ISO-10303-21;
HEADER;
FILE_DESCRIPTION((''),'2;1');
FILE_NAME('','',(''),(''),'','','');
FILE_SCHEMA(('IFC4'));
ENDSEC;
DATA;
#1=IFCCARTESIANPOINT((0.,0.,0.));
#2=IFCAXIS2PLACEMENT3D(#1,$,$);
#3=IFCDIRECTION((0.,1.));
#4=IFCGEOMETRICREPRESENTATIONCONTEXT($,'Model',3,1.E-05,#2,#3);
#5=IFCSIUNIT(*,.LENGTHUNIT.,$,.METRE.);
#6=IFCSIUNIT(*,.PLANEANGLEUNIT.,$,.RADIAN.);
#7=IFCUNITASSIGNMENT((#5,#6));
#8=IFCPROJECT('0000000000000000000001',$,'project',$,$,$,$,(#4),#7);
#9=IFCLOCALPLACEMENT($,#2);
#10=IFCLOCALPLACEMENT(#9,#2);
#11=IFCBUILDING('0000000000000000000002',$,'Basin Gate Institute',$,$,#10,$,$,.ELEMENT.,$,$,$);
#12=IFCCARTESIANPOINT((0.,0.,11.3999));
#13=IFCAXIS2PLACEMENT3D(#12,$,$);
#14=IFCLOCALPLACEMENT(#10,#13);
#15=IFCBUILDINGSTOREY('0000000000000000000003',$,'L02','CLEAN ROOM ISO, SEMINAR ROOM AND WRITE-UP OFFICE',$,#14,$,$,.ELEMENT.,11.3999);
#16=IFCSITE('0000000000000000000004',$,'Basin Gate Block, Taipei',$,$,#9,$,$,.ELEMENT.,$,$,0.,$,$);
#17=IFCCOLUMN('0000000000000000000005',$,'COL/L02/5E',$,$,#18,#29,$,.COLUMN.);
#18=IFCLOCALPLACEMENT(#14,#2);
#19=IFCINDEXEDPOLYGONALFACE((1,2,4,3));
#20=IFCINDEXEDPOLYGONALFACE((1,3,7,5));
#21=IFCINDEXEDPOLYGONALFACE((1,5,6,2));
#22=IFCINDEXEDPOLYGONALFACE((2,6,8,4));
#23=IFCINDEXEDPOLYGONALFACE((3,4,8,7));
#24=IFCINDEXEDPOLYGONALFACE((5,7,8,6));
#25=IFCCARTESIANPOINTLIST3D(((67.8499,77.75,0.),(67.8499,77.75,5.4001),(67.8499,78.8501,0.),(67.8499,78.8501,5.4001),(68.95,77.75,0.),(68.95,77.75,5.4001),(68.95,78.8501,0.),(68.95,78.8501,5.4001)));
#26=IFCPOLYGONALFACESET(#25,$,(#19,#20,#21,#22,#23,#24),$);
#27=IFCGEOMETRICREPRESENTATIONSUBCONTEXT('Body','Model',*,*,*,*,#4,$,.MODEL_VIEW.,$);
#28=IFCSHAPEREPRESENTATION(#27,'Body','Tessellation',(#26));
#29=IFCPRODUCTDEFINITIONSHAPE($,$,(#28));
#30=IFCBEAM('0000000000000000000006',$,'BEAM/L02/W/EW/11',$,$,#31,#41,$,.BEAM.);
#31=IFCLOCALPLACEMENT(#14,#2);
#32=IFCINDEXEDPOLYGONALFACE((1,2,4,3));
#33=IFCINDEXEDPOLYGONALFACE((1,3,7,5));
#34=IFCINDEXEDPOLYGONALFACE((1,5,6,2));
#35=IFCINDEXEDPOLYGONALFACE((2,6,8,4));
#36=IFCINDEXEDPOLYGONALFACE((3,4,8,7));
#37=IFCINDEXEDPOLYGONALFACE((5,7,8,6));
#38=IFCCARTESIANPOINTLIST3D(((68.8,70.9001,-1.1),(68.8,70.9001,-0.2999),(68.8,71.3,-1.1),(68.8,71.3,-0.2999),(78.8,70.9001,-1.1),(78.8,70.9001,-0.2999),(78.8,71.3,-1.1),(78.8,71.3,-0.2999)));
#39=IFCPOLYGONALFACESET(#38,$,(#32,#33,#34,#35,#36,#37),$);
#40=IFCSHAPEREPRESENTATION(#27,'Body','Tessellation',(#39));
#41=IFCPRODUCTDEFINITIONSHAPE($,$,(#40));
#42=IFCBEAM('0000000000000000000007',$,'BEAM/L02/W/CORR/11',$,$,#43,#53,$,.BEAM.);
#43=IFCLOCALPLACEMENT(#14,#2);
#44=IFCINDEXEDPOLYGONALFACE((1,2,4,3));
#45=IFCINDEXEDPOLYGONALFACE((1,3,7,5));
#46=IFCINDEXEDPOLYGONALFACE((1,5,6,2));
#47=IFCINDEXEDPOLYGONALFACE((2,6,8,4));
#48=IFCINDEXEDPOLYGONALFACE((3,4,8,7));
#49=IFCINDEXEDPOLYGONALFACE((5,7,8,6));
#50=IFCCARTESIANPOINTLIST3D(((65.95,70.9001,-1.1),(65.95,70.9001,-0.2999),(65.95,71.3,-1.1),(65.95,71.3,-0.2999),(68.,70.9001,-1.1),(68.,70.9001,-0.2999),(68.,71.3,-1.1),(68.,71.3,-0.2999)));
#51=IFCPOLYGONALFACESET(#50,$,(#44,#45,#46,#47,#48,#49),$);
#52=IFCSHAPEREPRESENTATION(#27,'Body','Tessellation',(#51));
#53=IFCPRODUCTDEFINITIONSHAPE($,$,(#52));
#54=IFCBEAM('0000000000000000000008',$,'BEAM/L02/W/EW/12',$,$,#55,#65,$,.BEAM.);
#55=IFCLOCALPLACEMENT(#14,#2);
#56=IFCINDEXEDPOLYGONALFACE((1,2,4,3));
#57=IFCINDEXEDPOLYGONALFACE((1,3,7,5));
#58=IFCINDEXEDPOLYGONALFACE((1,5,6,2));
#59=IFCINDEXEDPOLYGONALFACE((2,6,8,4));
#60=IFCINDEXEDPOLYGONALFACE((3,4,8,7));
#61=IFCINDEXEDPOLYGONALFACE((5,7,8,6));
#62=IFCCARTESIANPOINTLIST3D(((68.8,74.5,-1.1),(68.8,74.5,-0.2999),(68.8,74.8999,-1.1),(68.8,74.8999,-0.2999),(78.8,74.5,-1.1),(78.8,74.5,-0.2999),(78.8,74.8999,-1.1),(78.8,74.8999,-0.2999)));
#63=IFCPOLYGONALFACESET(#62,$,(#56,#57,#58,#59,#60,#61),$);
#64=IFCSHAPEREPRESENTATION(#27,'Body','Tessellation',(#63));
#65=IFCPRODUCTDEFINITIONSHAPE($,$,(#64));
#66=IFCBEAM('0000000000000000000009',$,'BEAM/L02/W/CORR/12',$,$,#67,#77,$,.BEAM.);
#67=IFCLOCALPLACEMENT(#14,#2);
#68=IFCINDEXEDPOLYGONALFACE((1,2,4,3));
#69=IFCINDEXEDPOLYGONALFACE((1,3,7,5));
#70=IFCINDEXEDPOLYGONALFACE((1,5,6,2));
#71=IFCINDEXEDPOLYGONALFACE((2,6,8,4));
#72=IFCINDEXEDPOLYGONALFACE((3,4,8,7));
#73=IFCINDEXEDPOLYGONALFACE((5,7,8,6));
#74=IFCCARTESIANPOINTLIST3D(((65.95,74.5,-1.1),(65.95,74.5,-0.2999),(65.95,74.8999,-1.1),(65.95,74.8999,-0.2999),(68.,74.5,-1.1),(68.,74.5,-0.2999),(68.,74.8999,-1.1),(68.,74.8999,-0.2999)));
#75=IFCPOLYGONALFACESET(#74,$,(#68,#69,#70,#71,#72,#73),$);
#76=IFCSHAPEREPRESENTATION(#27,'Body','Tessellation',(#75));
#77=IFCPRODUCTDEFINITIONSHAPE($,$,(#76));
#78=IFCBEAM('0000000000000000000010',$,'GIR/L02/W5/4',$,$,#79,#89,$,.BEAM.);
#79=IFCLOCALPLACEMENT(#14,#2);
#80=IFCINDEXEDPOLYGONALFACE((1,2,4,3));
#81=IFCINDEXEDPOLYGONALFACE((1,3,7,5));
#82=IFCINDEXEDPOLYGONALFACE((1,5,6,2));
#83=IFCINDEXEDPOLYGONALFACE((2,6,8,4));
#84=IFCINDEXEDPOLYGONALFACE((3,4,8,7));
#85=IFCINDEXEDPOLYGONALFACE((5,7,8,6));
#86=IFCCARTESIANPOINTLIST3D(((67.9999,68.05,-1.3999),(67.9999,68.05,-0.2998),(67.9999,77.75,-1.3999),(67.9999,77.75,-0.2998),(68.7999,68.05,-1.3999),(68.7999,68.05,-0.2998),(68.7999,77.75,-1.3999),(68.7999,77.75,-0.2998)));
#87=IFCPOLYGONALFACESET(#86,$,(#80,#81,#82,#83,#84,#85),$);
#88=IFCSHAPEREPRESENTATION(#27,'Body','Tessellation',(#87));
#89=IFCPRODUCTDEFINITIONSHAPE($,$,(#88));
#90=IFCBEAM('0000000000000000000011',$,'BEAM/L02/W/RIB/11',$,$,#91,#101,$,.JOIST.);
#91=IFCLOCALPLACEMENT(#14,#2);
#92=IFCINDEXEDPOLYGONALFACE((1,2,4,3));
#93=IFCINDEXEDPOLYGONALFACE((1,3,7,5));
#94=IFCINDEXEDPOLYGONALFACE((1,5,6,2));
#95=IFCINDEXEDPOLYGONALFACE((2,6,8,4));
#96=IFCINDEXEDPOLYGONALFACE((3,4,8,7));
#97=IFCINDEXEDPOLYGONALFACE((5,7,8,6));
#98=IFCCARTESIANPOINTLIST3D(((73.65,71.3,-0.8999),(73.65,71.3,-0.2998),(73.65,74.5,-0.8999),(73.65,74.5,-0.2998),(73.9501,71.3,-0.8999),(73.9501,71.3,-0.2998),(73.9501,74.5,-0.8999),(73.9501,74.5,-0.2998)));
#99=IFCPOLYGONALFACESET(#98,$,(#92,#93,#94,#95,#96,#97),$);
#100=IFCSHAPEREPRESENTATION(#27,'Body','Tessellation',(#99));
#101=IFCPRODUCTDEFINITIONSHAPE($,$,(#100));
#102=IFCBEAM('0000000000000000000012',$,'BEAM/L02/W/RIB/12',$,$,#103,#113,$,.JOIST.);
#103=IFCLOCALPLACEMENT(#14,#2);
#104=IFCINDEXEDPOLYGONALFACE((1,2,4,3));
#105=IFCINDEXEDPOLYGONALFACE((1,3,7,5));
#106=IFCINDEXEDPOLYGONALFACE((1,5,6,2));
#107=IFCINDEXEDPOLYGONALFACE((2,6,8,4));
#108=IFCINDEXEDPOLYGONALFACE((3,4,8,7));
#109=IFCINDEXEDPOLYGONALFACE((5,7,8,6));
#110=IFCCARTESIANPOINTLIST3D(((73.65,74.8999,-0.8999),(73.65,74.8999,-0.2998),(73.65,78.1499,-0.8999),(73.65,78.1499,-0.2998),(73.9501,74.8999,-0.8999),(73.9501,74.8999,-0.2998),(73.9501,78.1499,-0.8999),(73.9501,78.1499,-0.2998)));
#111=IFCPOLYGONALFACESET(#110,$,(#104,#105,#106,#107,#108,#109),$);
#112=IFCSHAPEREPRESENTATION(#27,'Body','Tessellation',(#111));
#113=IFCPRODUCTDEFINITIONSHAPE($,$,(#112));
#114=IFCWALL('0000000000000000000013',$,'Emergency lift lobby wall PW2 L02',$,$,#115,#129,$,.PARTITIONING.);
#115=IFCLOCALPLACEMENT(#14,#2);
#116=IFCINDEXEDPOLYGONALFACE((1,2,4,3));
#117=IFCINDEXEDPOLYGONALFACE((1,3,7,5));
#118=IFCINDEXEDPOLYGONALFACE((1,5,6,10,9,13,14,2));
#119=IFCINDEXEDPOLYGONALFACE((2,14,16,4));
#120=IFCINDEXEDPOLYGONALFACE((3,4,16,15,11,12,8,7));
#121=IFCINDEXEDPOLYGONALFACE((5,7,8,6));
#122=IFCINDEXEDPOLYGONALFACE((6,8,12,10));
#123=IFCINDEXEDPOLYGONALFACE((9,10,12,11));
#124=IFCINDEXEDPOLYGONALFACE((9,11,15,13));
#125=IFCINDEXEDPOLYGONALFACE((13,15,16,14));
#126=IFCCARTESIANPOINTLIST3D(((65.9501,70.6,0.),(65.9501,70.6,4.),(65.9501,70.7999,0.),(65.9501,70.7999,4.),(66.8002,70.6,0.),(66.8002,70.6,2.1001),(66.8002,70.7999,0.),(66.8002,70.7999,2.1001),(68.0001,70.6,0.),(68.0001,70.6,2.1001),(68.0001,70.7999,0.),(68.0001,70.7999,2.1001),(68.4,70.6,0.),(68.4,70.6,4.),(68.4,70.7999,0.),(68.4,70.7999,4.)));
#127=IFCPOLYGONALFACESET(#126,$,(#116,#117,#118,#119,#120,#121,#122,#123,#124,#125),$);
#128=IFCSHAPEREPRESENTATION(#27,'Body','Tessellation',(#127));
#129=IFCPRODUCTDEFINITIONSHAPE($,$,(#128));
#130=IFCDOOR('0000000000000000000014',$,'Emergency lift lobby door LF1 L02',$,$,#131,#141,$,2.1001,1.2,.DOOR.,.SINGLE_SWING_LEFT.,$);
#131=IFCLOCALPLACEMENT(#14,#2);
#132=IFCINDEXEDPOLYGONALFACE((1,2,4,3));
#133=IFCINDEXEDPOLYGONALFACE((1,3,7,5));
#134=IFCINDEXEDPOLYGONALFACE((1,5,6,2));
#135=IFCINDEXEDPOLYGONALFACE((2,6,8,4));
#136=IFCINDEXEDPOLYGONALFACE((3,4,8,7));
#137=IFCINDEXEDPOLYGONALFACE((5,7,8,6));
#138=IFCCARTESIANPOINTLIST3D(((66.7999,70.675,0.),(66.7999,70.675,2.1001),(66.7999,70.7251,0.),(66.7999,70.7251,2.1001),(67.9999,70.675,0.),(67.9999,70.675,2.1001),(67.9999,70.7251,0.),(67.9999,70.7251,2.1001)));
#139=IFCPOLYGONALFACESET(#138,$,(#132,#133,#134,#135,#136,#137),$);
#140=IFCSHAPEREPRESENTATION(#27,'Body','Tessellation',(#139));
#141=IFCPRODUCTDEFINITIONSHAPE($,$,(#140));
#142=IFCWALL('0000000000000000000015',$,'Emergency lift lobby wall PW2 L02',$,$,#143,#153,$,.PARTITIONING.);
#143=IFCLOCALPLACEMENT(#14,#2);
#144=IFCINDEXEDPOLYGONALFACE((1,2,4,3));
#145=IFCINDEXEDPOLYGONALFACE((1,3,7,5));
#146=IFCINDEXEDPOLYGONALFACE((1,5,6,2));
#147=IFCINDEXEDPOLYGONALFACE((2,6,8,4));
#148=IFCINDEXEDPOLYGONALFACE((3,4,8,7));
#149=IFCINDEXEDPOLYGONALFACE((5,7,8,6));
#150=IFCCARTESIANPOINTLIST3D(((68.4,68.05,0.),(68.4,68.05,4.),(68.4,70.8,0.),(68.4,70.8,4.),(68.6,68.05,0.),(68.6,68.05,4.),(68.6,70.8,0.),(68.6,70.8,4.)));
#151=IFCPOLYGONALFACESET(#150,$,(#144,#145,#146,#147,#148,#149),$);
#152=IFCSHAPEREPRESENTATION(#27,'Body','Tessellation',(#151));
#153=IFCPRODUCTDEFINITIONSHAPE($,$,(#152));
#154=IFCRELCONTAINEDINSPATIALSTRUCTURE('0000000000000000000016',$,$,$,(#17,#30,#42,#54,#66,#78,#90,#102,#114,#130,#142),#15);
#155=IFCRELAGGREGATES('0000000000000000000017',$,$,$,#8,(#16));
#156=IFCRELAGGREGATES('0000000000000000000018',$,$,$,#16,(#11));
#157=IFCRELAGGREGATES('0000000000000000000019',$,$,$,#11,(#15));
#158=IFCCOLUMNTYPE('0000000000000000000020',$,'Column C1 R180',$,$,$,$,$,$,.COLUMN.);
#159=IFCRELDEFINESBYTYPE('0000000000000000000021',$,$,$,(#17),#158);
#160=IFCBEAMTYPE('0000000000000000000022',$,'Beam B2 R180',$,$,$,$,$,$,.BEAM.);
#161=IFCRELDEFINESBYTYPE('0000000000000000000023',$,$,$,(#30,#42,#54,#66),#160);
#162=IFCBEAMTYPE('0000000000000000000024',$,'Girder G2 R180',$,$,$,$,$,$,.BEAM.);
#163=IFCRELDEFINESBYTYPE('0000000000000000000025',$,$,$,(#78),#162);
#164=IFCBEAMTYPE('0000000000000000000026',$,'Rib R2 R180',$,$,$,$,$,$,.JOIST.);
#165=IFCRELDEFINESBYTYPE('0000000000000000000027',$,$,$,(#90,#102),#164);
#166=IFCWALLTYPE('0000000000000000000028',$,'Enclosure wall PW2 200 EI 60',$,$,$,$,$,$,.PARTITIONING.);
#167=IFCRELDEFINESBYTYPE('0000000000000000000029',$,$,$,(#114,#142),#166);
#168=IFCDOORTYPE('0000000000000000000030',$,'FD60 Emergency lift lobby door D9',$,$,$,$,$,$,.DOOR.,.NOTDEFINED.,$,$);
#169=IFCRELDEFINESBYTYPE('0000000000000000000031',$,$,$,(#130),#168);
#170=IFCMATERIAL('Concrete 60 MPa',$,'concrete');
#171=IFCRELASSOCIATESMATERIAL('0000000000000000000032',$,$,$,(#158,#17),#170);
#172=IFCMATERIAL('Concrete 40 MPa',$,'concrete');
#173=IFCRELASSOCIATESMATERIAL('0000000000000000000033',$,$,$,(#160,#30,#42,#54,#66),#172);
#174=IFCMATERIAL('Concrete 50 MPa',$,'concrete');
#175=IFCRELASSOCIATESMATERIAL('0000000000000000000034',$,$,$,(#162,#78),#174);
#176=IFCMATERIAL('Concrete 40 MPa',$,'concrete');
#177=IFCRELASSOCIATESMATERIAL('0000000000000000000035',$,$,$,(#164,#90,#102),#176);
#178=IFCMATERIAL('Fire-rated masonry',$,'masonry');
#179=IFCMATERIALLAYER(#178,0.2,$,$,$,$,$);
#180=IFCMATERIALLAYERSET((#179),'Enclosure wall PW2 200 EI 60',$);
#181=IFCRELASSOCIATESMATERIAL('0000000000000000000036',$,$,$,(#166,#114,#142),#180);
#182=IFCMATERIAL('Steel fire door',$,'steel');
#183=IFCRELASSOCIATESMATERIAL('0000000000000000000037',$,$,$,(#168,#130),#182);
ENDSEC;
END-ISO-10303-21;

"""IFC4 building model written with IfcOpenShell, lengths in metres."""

from ifc_helpers import new_model, si_unit, direction, frame, frame_2d, origin, origin_2d, place, context, subcontext, project, spatial, rectangle, extrude, material, layer, layer_set, material_profile, profile_set, type_object, element, fill, save


model = new_model("IFC4")

# Units and contexts
model_context = context("Model", 3, precision=1e-05, world=origin(), true_north=direction((0.0, 1.0)))
body_context = subcontext(model_context, "Body", "Model", "MODEL_VIEW")
ifc_project = project(units=[si_unit("LENGTHUNIT", "METRE"), si_unit("PLANEANGLEUNIT", "RADIAN")], contexts=[model_context])

# Site, building, storey
site_placement = place(None, origin())
site = spatial("IfcSite", under=ifc_project, at=site_placement, Name="Basin Gate Block, Taipei", CompositionType="ELEMENT", RefElevation=0.0)
building_placement = place(site_placement, origin())
building = spatial("IfcBuilding", under=site, at=building_placement, Name="Basin Gate Institute", CompositionType="ELEMENT")
storey_placement = place(building_placement, frame((0.0, 0.0, 11.3999)))
storey = spatial("IfcBuildingStorey", under=building, at=storey_placement, Name="L02", Description="CLEAN ROOM ISO, SEMINAR ROOM AND WRITE-UP OFFICE", CompositionType="ELEMENT", Elevation=11.3999)

# Column
ifc_material_1 = material(Name="Concrete 60 MPa", Category="concrete")
ifc_material_profile_1 = material_profile(ifc_material_1, rectangle(XDim=1.1001, YDim=1.1001, at=origin_2d()), Name="Column C1 1100 x 1100")
ifc_profile_set_1 = profile_set([ifc_material_profile_1], Name="Concrete 60 MPa")
column_type = type_object("IfcColumnType", Name="Column C1 R180", PredefinedType="COLUMN", material=ifc_profile_set_1)
column_placement = place(storey_placement, frame((68.3999, 78.3, 0.0), z_axis=(0.0, 0.0, 1.0), x_axis=(1.0, 0.0, 0.0)))
element("IfcColumn", 1, at=column_placement, inside=storey, type_object=column_type, material=ifc_profile_set_1, Name="COL/L02/5E", PredefinedType="COLUMN", context=body_context, shape_type="SweptSolid", body=[
    extrude(rectangle(XDim=1.1001, YDim=1.1001, at=origin_2d()), origin(), (0.0, 0.0, 1.0), 5.4001),
])

# Beams
ifc_material_2 = material(Name="Concrete 40 MPa", Category="concrete")
ifc_material_profile_2 = material_profile(ifc_material_2, rectangle(XDim=0.3999, YDim=0.8, at=origin_2d()), Name="Beam B2 400 x 800")
ifc_profile_set_2 = profile_set([ifc_material_profile_2], Name="Concrete 40 MPa")
beam_type_1 = type_object("IfcBeamType", Name="Beam B2 R180", PredefinedType="BEAM", material=ifc_profile_set_2)
beam_1_placement = place(storey_placement, frame((68.8, 71.1001, -0.7), z_axis=(1.0, 0.0, 0.0), x_axis=(0.0, 1.0, 0.0)))
element("IfcBeam", 2, at=beam_1_placement, inside=storey, type_object=beam_type_1, material=ifc_profile_set_2, Name="BEAM/L02/W/EW/11", PredefinedType="BEAM", context=body_context, shape_type="SweptSolid", body=[
    extrude(rectangle(XDim=0.3999, YDim=0.8, at=origin_2d()), origin(), (0.0, 0.0, 1.0), 10.0),
])
beam_2_placement = place(storey_placement, frame((65.95, 71.1001, -0.7), z_axis=(1.0, 0.0, 0.0), x_axis=(0.0, 1.0, 0.0)))
element("IfcBeam", 3, at=beam_2_placement, inside=storey, type_object=beam_type_1, material=ifc_profile_set_2, Name="BEAM/L02/W/CORR/11", PredefinedType="BEAM", context=body_context, shape_type="SweptSolid", body=[
    extrude(rectangle(XDim=0.3999, YDim=0.8, at=origin_2d()), origin(), (0.0, 0.0, 1.0), 2.05),
])
beam_3_placement = place(storey_placement, frame((68.8, 74.7, -0.7), z_axis=(1.0, 0.0, 0.0), x_axis=(0.0, 1.0, 0.0)))
element("IfcBeam", 4, at=beam_3_placement, inside=storey, type_object=beam_type_1, material=ifc_profile_set_2, Name="BEAM/L02/W/EW/12", PredefinedType="BEAM", context=body_context, shape_type="SweptSolid", body=[
    extrude(rectangle(XDim=0.3999, YDim=0.8, at=origin_2d()), origin(), (0.0, 0.0, 1.0), 10.0),
])
beam_4_placement = place(storey_placement, frame((65.95, 74.7, -0.7), z_axis=(1.0, 0.0, 0.0), x_axis=(0.0, 1.0, 0.0)))
element("IfcBeam", 5, at=beam_4_placement, inside=storey, type_object=beam_type_1, material=ifc_profile_set_2, Name="BEAM/L02/W/CORR/12", PredefinedType="BEAM", context=body_context, shape_type="SweptSolid", body=[
    extrude(rectangle(XDim=0.3999, YDim=0.8, at=origin_2d()), origin(), (0.0, 0.0, 1.0), 2.05),
])
ifc_material_3 = material(Name="Concrete 50 MPa", Category="concrete")
ifc_material_profile_3 = material_profile(ifc_material_3, rectangle(XDim=0.8, YDim=1.1001, at=origin_2d()), Name="Girder G2 800 x 1100")
ifc_profile_set_3 = profile_set([ifc_material_profile_3], Name="Concrete 50 MPa")
beam_type_2 = type_object("IfcBeamType", Name="Girder G2 R180", PredefinedType="BEAM", material=ifc_profile_set_3)
beam_5_placement = place(storey_placement, frame((68.3999, 68.05, -0.8499), z_axis=(0.0, 1.0, 0.0), x_axis=(-1.0, 0.0, 0.0)))
element("IfcBeam", 6, at=beam_5_placement, inside=storey, type_object=beam_type_2, material=ifc_profile_set_3, Name="GIR/L02/W5/4", PredefinedType="BEAM", context=body_context, shape_type="SweptSolid", body=[
    extrude(rectangle(XDim=0.8, YDim=1.1001, at=origin_2d()), origin(), (0.0, 0.0, 1.0), 9.7),
])
ifc_material_4 = material(Name="Concrete 40 MPa", Category="concrete")
ifc_material_profile_4 = material_profile(ifc_material_4, rectangle(XDim=0.3, YDim=0.6001, at=origin_2d()), Name="Rib R2 300 x 600")
ifc_profile_set_4 = profile_set([ifc_material_profile_4], Name="Concrete 40 MPa")
beam_type_3 = type_object("IfcBeamType", Name="Rib R2 R180", PredefinedType="JOIST", material=ifc_profile_set_4)
beam_6_placement = place(storey_placement, frame((73.8, 71.3, -0.5999), z_axis=(0.0, 1.0, 0.0), x_axis=(-1.0, 0.0, 0.0)))
element("IfcBeam", 7, at=beam_6_placement, inside=storey, type_object=beam_type_3, material=ifc_profile_set_4, Name="BEAM/L02/W/RIB/11", PredefinedType="JOIST", context=body_context, shape_type="SweptSolid", body=[
    extrude(rectangle(XDim=0.3, YDim=0.6001, at=origin_2d()), origin(), (0.0, 0.0, 1.0), 3.2),
])
beam_7_placement = place(storey_placement, frame((73.8, 74.8999, -0.5999), z_axis=(0.0, 1.0, 0.0), x_axis=(-1.0, 0.0, 0.0)))
element("IfcBeam", 8, at=beam_7_placement, inside=storey, type_object=beam_type_3, material=ifc_profile_set_4, Name="BEAM/L02/W/RIB/12", PredefinedType="JOIST", context=body_context, shape_type="SweptSolid", body=[
    extrude(rectangle(XDim=0.3, YDim=0.6001, at=origin_2d()), origin(), (0.0, 0.0, 1.0), 3.25),
])

# Wall, opening, door
ifc_material_5 = material(Name="Fire-rated masonry", Category="masonry")
ifc_layer_1 = layer(ifc_material_5, 0.2)
ifc_layer_set_1 = layer_set([ifc_layer_1], Name="Enclosure wall PW2 200 EI 60")
wall_type_1 = type_object("IfcWallType", Name="Enclosure wall PW2 200 EI 60", PredefinedType="PARTITIONING", material=ifc_layer_set_1)
wall_1_placement = place(storey_placement, frame((65.95, 70.7, 0.0), z_axis=(0.0, 0.0, 1.0), x_axis=(1.0, 0.0, 0.0)))
wall_1 = element("IfcWall", 9, at=wall_1_placement, inside=storey, type_object=wall_type_1, material=ifc_layer_set_1, Name="Emergency lift lobby wall PW2 L02", PredefinedType="PARTITIONING", context=body_context, shape_type="SweptSolid", body=[
    extrude(rectangle(XDim=2.45, YDim=0.2, at=frame_2d((1.2251, 0.0))), origin(), (0.0, 0.0, 1.0), 4.0),
])
opening_1_placement = place(wall_1_placement, frame((0.8501, 0.0, 0.0)))
opening_1 = element("IfcOpeningElement", 10, at=opening_1_placement, cuts=wall_1, PredefinedType="OPENING", context=body_context, shape_type="SweptSolid", body=[
    extrude(rectangle(XDim=1.2, YDim=2.1001, at=frame_2d((0.6001, 1.05))), frame((0.0, 0.1099, 0.0), z_axis=(0.0, -1.0, 0.0), x_axis=(1.0, 0.0, 0.0)), (0.0, 0.0, 1.0), 0.22),
])
ifc_material_6 = material(Name="Steel fire door", Category="steel")
door_type_1 = type_object("IfcDoorType", Name="FD60 Emergency lift lobby door D9", OperationType="NOTDEFINED", PredefinedType="DOOR", material=ifc_material_6)
door_1_placement = place(opening_1_placement, frame((1.2, 0.0, 0.0), z_axis=(0.0, 0.0, 1.0), x_axis=(-1.0, 0.0, 0.0)))
door_1 = element("IfcDoor", 11, at=door_1_placement, inside=storey, type_object=door_type_1, material=ifc_material_6, Name="Emergency lift lobby door LF1 L02", OperationType="SINGLE_SWING_LEFT", OverallHeight=2.1001, OverallWidth=1.2, PredefinedType="DOOR", context=body_context, shape_type="SweptSolid", body=[
    extrude(rectangle(XDim=1.2, YDim=2.1001, at=frame_2d((0.6001, 1.05))), frame((0.0, 0.0249, 0.0), z_axis=(0.0, -1.0, 0.0), x_axis=(1.0, 0.0, 0.0)), (0.0, 0.0, 1.0), 0.05),
])
fill(opening_1, door_1)

# Wall
wall_2_placement = place(storey_placement, frame((68.5, 68.05, 0.0), z_axis=(0.0, 0.0, 1.0), x_axis=(0.0, 1.0, 0.0)))
element("IfcWall", 12, at=wall_2_placement, inside=storey, type_object=wall_type_1, material=ifc_layer_set_1, Name="Emergency lift lobby wall PW2 L02", PredefinedType="PARTITIONING", context=body_context, shape_type="SweptSolid", body=[
    extrude(rectangle(XDim=2.75, YDim=0.2, at=frame_2d((1.375, 0.0))), origin(), (0.0, 0.0, 1.0), 4.0),
])

save(model, "model.ifc")
